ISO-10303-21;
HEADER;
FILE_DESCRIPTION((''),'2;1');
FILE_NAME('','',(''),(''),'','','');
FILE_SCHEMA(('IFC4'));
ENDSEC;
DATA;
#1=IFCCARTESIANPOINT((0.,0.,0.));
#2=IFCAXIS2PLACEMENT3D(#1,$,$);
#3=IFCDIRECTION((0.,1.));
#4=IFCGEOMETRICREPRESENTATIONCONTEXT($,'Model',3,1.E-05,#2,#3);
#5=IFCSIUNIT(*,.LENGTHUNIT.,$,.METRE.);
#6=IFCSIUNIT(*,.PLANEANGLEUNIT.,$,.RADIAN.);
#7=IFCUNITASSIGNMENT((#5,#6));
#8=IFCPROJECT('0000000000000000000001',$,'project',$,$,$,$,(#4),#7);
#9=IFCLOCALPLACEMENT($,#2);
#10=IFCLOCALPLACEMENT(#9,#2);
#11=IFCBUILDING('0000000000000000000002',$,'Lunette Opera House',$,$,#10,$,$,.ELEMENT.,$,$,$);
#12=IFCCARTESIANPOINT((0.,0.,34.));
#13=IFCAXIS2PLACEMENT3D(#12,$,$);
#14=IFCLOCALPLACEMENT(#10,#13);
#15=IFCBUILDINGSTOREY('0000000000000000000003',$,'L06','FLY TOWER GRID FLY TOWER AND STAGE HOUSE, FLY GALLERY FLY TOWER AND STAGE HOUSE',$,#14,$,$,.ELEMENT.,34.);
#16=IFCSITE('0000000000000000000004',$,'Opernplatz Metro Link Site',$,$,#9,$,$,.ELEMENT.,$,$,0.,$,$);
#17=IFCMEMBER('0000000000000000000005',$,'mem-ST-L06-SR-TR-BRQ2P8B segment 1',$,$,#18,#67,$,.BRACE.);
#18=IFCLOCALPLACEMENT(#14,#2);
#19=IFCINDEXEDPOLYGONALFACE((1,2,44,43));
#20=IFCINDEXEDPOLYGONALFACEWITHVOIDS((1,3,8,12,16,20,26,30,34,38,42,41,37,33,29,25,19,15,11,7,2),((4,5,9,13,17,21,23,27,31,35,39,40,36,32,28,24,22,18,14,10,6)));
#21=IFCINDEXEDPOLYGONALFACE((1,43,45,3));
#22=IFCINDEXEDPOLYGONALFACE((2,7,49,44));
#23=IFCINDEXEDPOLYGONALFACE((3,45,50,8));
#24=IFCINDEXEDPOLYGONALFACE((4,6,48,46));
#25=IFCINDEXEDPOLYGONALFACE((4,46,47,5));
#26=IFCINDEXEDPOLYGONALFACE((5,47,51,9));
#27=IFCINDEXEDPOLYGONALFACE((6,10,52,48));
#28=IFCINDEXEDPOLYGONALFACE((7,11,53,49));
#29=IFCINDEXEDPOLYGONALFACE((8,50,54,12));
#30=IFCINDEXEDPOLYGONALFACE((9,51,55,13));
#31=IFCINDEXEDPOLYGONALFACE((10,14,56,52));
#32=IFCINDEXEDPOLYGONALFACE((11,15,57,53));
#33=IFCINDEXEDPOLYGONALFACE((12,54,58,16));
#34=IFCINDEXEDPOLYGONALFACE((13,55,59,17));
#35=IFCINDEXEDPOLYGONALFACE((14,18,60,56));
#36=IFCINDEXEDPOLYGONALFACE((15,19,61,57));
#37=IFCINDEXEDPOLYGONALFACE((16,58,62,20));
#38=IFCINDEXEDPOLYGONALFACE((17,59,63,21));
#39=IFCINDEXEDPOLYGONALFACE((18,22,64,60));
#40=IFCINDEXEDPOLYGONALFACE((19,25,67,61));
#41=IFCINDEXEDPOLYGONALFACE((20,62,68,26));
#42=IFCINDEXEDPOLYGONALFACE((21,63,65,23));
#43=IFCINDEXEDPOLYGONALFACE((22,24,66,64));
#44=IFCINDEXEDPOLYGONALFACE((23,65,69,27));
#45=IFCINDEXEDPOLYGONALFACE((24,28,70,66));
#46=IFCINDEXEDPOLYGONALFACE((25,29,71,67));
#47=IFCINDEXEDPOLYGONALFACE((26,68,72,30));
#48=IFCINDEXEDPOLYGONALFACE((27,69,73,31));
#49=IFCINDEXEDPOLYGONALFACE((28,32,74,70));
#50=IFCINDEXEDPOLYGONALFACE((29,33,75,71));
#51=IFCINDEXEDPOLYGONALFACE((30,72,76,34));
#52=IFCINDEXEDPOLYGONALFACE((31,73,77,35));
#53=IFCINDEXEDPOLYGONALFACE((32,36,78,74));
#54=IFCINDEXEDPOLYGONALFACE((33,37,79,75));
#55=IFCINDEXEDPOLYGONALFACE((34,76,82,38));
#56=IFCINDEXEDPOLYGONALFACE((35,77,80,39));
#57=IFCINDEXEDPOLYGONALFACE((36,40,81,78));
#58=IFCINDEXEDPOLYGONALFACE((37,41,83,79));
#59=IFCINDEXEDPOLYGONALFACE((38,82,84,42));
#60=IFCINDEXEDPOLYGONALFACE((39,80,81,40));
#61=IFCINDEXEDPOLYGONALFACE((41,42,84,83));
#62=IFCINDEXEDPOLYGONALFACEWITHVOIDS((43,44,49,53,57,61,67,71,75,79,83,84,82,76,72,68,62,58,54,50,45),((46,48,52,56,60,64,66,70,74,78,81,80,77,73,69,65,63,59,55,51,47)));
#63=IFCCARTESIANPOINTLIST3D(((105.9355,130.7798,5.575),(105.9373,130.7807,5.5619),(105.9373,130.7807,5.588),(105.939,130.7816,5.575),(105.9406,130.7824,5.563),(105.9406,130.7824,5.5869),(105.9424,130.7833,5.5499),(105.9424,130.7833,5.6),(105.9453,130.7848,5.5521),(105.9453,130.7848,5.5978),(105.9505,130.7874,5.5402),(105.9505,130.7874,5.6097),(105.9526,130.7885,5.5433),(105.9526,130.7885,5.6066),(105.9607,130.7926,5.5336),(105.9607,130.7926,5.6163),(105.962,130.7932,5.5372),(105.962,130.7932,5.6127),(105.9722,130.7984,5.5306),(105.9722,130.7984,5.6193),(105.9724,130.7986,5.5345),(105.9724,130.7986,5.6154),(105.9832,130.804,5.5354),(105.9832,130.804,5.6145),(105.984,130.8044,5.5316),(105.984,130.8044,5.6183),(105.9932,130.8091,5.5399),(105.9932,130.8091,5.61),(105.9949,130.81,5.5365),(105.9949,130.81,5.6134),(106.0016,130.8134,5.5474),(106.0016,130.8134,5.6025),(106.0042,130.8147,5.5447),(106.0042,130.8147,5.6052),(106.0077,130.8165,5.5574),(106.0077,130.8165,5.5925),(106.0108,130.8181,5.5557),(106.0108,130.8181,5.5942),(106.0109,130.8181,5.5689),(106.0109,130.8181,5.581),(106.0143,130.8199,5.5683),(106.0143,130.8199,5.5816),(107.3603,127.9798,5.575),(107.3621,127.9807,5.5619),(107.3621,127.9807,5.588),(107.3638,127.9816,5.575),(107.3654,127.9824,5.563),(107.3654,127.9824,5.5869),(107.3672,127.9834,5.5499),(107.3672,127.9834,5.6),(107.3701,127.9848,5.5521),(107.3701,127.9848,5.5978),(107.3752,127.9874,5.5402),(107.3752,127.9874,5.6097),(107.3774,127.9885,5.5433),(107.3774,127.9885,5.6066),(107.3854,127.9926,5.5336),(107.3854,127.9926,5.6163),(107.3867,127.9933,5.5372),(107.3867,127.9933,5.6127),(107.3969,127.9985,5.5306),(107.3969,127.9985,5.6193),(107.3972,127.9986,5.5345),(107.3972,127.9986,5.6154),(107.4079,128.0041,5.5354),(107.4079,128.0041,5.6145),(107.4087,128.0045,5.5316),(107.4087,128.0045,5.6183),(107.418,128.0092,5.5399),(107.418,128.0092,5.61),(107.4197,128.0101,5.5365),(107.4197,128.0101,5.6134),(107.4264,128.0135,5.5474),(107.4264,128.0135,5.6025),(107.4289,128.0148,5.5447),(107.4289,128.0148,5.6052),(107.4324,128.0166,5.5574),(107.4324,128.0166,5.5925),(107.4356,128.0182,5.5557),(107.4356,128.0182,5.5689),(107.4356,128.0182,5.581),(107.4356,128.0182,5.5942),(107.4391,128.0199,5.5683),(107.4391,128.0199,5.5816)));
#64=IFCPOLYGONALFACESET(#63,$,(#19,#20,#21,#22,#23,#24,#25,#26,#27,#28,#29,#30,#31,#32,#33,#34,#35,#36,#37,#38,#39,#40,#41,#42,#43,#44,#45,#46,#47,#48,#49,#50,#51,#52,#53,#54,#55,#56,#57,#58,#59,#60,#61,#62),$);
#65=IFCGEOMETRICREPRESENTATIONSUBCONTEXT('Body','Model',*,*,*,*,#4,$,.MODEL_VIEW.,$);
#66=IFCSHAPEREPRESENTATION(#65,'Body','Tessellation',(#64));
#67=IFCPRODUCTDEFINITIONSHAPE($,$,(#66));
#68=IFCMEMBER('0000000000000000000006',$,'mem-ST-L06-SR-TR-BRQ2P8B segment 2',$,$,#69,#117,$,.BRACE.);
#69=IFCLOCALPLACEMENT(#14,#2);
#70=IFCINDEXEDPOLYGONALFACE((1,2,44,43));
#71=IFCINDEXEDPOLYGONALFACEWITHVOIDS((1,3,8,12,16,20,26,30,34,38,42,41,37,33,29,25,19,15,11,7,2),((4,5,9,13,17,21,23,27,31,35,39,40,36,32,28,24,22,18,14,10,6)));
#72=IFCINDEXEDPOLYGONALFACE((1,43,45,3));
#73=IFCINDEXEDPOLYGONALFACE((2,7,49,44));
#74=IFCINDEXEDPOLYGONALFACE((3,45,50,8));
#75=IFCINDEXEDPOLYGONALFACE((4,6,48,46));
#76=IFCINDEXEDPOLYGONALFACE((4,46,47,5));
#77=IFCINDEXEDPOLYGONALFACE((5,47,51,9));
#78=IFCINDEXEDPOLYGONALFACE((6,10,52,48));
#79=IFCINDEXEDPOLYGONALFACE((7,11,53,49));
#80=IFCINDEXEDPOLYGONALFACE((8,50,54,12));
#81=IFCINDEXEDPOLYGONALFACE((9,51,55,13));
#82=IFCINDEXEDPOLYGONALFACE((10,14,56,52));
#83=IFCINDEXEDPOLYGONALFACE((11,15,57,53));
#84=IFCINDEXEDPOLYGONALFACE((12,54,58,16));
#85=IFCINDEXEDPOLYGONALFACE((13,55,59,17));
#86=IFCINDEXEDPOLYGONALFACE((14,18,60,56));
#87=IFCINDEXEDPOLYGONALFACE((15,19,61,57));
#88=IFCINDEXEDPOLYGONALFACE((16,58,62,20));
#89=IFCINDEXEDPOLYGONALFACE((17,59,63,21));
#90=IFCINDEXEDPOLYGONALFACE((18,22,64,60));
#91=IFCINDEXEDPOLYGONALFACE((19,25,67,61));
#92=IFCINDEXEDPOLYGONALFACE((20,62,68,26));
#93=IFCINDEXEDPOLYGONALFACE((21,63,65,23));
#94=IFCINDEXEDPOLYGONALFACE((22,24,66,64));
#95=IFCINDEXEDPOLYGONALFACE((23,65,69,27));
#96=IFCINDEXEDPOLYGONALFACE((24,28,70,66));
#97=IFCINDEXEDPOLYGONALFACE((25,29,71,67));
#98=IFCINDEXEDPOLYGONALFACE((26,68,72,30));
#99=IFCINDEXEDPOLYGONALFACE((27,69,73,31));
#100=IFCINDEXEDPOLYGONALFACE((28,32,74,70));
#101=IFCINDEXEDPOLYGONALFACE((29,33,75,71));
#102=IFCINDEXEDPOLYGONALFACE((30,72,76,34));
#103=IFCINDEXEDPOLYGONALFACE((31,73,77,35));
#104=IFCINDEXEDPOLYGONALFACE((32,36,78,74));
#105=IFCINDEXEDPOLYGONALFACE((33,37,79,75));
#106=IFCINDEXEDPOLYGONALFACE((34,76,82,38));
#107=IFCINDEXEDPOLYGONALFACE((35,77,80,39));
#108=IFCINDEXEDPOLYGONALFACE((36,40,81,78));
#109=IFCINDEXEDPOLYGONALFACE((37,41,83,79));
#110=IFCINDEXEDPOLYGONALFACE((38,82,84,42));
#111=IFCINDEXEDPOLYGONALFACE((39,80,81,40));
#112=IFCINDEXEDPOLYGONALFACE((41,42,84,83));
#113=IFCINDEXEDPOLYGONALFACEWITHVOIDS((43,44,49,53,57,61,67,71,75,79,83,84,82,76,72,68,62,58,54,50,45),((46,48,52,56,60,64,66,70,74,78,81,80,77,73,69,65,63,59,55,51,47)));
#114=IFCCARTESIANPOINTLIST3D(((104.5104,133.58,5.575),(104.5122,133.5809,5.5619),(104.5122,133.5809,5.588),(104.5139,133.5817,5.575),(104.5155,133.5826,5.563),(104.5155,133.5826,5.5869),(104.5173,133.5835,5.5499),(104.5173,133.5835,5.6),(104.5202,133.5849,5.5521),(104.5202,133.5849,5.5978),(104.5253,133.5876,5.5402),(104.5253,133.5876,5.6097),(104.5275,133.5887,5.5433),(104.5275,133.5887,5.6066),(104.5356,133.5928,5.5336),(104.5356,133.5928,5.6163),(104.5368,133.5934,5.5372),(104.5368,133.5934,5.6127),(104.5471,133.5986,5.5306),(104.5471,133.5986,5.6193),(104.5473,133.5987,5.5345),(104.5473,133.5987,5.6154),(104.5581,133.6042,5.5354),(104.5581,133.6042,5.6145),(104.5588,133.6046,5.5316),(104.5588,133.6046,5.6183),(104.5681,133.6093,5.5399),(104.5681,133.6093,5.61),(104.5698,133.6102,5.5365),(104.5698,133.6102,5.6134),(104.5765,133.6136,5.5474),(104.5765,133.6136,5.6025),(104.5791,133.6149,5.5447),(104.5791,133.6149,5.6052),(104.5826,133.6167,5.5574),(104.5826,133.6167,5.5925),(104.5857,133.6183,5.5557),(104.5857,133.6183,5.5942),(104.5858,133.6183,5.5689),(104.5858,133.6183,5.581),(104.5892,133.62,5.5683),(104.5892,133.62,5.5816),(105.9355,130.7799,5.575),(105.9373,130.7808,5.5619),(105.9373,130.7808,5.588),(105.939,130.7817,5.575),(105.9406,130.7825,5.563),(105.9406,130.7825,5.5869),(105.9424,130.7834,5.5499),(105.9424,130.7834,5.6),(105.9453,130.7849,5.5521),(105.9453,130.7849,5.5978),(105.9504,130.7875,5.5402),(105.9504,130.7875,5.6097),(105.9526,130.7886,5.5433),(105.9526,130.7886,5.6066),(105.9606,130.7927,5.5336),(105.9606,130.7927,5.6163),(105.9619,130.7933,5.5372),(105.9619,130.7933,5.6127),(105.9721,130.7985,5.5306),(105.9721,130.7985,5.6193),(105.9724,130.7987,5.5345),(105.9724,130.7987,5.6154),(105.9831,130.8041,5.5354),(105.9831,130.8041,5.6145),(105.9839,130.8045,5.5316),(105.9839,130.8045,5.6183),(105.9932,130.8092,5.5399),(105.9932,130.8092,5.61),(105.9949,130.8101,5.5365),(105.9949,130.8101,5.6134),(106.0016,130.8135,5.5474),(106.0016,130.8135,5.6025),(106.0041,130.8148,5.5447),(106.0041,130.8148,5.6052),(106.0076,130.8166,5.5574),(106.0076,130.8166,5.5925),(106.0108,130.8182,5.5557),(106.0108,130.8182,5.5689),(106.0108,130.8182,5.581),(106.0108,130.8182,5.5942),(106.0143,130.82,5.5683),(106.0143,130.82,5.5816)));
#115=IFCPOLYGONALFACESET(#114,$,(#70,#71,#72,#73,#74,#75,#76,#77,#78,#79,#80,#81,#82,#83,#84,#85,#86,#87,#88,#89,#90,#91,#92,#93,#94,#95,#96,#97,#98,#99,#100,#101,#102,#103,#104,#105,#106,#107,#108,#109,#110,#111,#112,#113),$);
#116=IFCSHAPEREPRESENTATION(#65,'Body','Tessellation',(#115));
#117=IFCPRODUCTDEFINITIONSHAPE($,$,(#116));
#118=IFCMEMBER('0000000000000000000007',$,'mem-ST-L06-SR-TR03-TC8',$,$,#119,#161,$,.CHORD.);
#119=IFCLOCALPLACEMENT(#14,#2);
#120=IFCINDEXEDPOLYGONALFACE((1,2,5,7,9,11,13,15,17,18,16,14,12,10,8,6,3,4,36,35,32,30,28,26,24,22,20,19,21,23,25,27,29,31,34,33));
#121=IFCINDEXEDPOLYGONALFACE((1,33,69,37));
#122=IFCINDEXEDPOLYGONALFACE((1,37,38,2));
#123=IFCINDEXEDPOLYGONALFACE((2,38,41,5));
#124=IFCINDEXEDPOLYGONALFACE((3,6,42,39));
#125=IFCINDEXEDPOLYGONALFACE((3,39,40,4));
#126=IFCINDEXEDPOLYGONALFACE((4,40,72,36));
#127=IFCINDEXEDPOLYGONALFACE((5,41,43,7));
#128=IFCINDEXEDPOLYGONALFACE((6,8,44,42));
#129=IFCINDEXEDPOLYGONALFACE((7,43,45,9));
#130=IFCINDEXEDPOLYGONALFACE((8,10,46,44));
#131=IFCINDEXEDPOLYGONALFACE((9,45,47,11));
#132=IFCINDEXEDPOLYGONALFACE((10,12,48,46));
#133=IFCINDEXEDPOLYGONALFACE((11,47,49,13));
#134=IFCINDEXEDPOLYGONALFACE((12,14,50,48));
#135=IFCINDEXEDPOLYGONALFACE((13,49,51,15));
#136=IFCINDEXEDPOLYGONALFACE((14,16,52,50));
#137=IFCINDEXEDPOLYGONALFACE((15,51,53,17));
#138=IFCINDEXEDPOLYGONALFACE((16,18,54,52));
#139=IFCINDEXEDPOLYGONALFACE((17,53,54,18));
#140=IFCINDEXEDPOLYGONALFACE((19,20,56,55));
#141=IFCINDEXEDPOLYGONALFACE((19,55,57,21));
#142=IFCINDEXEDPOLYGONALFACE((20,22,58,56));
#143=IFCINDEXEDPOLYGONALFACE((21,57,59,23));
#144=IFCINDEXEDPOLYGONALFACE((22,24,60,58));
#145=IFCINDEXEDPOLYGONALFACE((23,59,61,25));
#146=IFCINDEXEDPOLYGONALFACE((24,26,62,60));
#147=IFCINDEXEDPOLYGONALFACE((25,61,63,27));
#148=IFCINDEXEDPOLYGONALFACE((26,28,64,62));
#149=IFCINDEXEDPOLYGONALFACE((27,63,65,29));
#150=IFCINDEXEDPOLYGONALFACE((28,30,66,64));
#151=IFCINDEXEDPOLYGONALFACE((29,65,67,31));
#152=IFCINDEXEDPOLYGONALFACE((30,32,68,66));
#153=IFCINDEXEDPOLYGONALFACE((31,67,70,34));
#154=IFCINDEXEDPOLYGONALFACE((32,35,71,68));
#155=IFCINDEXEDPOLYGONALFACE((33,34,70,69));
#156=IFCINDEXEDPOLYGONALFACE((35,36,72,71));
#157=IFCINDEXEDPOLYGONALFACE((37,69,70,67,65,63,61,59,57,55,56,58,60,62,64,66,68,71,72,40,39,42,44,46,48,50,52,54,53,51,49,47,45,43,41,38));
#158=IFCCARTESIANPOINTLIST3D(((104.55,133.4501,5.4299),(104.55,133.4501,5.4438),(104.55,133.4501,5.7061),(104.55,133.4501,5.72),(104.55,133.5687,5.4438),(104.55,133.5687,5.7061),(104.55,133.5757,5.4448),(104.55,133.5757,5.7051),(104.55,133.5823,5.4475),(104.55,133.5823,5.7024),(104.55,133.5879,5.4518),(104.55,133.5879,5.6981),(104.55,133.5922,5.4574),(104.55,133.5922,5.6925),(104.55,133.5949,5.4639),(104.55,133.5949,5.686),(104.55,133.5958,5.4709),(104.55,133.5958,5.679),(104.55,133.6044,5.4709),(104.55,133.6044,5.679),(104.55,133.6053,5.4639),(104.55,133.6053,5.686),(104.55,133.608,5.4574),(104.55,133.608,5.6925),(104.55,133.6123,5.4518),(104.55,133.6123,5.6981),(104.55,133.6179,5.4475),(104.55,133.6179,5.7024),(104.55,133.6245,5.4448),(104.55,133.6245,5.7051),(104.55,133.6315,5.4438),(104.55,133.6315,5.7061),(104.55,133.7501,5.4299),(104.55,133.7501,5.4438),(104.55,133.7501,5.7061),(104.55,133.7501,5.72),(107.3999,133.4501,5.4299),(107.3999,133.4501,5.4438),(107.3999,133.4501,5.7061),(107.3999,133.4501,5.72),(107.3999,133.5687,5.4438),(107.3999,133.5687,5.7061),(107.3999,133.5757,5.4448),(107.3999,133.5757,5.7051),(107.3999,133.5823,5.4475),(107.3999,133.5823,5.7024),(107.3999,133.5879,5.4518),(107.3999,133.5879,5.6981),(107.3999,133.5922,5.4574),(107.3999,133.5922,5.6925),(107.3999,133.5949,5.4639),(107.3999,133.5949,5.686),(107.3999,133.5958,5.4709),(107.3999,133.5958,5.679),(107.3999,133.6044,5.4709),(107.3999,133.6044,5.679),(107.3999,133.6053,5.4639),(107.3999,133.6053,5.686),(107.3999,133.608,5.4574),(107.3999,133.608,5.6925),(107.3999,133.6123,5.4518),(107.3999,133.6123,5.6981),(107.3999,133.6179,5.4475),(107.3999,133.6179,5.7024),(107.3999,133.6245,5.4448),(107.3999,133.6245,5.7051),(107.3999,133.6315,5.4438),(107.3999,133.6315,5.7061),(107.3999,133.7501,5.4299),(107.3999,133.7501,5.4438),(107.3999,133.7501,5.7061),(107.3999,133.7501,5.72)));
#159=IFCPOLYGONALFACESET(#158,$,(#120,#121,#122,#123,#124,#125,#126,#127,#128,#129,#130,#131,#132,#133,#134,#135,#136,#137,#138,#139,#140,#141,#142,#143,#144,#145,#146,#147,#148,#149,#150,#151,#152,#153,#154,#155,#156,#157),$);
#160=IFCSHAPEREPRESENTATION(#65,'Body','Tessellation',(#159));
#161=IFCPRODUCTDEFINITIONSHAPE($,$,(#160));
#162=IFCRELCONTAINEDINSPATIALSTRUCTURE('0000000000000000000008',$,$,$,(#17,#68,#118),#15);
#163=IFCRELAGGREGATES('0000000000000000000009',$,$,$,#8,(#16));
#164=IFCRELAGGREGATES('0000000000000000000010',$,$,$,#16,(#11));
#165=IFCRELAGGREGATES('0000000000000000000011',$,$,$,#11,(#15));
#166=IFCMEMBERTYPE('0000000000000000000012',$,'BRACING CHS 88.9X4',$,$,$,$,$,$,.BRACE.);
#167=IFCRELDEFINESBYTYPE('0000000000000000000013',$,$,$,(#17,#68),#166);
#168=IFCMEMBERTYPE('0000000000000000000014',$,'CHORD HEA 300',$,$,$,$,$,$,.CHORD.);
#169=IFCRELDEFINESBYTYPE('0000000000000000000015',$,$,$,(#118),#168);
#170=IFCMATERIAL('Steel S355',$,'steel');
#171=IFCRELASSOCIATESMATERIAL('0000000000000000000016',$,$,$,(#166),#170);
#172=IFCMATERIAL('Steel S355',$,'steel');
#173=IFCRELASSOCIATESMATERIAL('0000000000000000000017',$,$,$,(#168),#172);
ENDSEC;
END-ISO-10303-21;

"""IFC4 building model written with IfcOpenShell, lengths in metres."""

from ifc_helpers import new_model, si_unit, direction, frame, origin, origin_2d, place, context, subcontext, project, spatial, hollow_circle, i_section, extrude, material, material_profile, profile_set, type_object, element, save


model = new_model("IFC4")

# Units and contexts
model_context = context("Model", 3, precision=1e-05, world=origin(), true_north=direction((0.0, 1.0)))
body_context = subcontext(model_context, "Body", "Model", "MODEL_VIEW")
ifc_project = project(units=[si_unit("LENGTHUNIT", "METRE"), si_unit("PLANEANGLEUNIT", "RADIAN")], contexts=[model_context])

# Site, building, storey
site_placement = place(None, origin())
site = spatial("IfcSite", under=ifc_project, at=site_placement, Name="Opernplatz Metro Link Site", CompositionType="ELEMENT", RefElevation=0.0)
building_placement = place(site_placement, origin())
building = spatial("IfcBuilding", under=site, at=building_placement, Name="Lunette Opera House", CompositionType="ELEMENT")
storey_placement = place(building_placement, frame((0.0, 0.0, 34.0)))
storey = spatial("IfcBuildingStorey", under=building, at=storey_placement, Name="L06", Description="FLY TOWER GRID FLY TOWER AND STAGE HOUSE, FLY GALLERY FLY TOWER AND STAGE HOUSE", CompositionType="ELEMENT", Elevation=34.0)

# Members
ifc_material_1 = material(Name="Steel S355", Category="steel")
ifc_material_profile_1 = material_profile(ifc_material_1, hollow_circle(Radius=0.0444, WallThickness=0.0039, at=origin_2d()), Name="CHS 88.9X4")
ifc_profile_set_1 = profile_set([ifc_material_profile_1], Name="Steel S355")
member_type_1 = type_object("IfcMemberType", Name="BRACING CHS 88.9X4", PredefinedType="BRACE", material=ifc_profile_set_1)
member_1_placement = place(storey_placement, frame((107.3999, 128.0, 5.575), z_axis=(-0.453512, 0.89125, 0.0), x_axis=(-0.89125, -0.453512, 0.0)))
element("IfcMember", 1, at=member_1_placement, inside=storey, type_object=member_type_1, Name="mem-ST-L06-SR-TR-BRQ2P8B segment 1", PredefinedType="BRACE", context=body_context, shape_type="SweptSolid", body=[
    extrude(hollow_circle(Radius=0.0444, WallThickness=0.0039, at=origin_2d()), origin(), (0.0, 0.0, 1.0), 3.1416),
])
member_2_placement = place(storey_placement, frame((105.9751, 130.8, 5.575), z_axis=(-0.453574, 0.891219, 0.0), x_axis=(-0.891219, -0.453574, 0.0)))
element("IfcMember", 2, at=member_2_placement, inside=storey, type_object=member_type_1, Name="mem-ST-L06-SR-TR-BRQ2P8B segment 2", PredefinedType="BRACE", context=body_context, shape_type="SweptSolid", body=[
    extrude(hollow_circle(Radius=0.0444, WallThickness=0.0039, at=origin_2d()), origin(), (0.0, 0.0, 1.0), 3.1418),
])
ifc_material_2 = material(Name="Steel S355", Category="steel")
ifc_material_profile_2 = material_profile(ifc_material_2, i_section(OverallWidth=0.3, OverallDepth=0.29, WebThickness=0.0085, FlangeThickness=0.0139, FilletRadius=0.0271, at=origin_2d()), Name="HEA 300")
ifc_profile_set_2 = profile_set([ifc_material_profile_2], Name="Steel S355")
member_type_2 = type_object("IfcMemberType", Name="CHORD HEA 300", PredefinedType="CHORD", material=ifc_profile_set_2)
for number, where, z_axis, x_axis, name in (
    (3, (104.55, 133.6001, 5.575), (1.0, 0.0, 0.0), (0.0, 1.0, 0.0), "mem-ST-L06-SR-TR03-TC8"),
):
    element("IfcMember", number, at=place(storey_placement, frame(where, z_axis=z_axis, x_axis=x_axis)), inside=storey, type_object=member_type_2, Name=name, PredefinedType="CHORD", context=body_context, shape_type="SweptSolid", body=[
        extrude(i_section(OverallWidth=0.3, OverallDepth=0.29, WebThickness=0.0085, FlangeThickness=0.0139, FilletRadius=0.0271, at=origin_2d()), origin(), (0.0, 0.0, 1.0), 2.8499),
    ])

save(model, "model.ifc")
